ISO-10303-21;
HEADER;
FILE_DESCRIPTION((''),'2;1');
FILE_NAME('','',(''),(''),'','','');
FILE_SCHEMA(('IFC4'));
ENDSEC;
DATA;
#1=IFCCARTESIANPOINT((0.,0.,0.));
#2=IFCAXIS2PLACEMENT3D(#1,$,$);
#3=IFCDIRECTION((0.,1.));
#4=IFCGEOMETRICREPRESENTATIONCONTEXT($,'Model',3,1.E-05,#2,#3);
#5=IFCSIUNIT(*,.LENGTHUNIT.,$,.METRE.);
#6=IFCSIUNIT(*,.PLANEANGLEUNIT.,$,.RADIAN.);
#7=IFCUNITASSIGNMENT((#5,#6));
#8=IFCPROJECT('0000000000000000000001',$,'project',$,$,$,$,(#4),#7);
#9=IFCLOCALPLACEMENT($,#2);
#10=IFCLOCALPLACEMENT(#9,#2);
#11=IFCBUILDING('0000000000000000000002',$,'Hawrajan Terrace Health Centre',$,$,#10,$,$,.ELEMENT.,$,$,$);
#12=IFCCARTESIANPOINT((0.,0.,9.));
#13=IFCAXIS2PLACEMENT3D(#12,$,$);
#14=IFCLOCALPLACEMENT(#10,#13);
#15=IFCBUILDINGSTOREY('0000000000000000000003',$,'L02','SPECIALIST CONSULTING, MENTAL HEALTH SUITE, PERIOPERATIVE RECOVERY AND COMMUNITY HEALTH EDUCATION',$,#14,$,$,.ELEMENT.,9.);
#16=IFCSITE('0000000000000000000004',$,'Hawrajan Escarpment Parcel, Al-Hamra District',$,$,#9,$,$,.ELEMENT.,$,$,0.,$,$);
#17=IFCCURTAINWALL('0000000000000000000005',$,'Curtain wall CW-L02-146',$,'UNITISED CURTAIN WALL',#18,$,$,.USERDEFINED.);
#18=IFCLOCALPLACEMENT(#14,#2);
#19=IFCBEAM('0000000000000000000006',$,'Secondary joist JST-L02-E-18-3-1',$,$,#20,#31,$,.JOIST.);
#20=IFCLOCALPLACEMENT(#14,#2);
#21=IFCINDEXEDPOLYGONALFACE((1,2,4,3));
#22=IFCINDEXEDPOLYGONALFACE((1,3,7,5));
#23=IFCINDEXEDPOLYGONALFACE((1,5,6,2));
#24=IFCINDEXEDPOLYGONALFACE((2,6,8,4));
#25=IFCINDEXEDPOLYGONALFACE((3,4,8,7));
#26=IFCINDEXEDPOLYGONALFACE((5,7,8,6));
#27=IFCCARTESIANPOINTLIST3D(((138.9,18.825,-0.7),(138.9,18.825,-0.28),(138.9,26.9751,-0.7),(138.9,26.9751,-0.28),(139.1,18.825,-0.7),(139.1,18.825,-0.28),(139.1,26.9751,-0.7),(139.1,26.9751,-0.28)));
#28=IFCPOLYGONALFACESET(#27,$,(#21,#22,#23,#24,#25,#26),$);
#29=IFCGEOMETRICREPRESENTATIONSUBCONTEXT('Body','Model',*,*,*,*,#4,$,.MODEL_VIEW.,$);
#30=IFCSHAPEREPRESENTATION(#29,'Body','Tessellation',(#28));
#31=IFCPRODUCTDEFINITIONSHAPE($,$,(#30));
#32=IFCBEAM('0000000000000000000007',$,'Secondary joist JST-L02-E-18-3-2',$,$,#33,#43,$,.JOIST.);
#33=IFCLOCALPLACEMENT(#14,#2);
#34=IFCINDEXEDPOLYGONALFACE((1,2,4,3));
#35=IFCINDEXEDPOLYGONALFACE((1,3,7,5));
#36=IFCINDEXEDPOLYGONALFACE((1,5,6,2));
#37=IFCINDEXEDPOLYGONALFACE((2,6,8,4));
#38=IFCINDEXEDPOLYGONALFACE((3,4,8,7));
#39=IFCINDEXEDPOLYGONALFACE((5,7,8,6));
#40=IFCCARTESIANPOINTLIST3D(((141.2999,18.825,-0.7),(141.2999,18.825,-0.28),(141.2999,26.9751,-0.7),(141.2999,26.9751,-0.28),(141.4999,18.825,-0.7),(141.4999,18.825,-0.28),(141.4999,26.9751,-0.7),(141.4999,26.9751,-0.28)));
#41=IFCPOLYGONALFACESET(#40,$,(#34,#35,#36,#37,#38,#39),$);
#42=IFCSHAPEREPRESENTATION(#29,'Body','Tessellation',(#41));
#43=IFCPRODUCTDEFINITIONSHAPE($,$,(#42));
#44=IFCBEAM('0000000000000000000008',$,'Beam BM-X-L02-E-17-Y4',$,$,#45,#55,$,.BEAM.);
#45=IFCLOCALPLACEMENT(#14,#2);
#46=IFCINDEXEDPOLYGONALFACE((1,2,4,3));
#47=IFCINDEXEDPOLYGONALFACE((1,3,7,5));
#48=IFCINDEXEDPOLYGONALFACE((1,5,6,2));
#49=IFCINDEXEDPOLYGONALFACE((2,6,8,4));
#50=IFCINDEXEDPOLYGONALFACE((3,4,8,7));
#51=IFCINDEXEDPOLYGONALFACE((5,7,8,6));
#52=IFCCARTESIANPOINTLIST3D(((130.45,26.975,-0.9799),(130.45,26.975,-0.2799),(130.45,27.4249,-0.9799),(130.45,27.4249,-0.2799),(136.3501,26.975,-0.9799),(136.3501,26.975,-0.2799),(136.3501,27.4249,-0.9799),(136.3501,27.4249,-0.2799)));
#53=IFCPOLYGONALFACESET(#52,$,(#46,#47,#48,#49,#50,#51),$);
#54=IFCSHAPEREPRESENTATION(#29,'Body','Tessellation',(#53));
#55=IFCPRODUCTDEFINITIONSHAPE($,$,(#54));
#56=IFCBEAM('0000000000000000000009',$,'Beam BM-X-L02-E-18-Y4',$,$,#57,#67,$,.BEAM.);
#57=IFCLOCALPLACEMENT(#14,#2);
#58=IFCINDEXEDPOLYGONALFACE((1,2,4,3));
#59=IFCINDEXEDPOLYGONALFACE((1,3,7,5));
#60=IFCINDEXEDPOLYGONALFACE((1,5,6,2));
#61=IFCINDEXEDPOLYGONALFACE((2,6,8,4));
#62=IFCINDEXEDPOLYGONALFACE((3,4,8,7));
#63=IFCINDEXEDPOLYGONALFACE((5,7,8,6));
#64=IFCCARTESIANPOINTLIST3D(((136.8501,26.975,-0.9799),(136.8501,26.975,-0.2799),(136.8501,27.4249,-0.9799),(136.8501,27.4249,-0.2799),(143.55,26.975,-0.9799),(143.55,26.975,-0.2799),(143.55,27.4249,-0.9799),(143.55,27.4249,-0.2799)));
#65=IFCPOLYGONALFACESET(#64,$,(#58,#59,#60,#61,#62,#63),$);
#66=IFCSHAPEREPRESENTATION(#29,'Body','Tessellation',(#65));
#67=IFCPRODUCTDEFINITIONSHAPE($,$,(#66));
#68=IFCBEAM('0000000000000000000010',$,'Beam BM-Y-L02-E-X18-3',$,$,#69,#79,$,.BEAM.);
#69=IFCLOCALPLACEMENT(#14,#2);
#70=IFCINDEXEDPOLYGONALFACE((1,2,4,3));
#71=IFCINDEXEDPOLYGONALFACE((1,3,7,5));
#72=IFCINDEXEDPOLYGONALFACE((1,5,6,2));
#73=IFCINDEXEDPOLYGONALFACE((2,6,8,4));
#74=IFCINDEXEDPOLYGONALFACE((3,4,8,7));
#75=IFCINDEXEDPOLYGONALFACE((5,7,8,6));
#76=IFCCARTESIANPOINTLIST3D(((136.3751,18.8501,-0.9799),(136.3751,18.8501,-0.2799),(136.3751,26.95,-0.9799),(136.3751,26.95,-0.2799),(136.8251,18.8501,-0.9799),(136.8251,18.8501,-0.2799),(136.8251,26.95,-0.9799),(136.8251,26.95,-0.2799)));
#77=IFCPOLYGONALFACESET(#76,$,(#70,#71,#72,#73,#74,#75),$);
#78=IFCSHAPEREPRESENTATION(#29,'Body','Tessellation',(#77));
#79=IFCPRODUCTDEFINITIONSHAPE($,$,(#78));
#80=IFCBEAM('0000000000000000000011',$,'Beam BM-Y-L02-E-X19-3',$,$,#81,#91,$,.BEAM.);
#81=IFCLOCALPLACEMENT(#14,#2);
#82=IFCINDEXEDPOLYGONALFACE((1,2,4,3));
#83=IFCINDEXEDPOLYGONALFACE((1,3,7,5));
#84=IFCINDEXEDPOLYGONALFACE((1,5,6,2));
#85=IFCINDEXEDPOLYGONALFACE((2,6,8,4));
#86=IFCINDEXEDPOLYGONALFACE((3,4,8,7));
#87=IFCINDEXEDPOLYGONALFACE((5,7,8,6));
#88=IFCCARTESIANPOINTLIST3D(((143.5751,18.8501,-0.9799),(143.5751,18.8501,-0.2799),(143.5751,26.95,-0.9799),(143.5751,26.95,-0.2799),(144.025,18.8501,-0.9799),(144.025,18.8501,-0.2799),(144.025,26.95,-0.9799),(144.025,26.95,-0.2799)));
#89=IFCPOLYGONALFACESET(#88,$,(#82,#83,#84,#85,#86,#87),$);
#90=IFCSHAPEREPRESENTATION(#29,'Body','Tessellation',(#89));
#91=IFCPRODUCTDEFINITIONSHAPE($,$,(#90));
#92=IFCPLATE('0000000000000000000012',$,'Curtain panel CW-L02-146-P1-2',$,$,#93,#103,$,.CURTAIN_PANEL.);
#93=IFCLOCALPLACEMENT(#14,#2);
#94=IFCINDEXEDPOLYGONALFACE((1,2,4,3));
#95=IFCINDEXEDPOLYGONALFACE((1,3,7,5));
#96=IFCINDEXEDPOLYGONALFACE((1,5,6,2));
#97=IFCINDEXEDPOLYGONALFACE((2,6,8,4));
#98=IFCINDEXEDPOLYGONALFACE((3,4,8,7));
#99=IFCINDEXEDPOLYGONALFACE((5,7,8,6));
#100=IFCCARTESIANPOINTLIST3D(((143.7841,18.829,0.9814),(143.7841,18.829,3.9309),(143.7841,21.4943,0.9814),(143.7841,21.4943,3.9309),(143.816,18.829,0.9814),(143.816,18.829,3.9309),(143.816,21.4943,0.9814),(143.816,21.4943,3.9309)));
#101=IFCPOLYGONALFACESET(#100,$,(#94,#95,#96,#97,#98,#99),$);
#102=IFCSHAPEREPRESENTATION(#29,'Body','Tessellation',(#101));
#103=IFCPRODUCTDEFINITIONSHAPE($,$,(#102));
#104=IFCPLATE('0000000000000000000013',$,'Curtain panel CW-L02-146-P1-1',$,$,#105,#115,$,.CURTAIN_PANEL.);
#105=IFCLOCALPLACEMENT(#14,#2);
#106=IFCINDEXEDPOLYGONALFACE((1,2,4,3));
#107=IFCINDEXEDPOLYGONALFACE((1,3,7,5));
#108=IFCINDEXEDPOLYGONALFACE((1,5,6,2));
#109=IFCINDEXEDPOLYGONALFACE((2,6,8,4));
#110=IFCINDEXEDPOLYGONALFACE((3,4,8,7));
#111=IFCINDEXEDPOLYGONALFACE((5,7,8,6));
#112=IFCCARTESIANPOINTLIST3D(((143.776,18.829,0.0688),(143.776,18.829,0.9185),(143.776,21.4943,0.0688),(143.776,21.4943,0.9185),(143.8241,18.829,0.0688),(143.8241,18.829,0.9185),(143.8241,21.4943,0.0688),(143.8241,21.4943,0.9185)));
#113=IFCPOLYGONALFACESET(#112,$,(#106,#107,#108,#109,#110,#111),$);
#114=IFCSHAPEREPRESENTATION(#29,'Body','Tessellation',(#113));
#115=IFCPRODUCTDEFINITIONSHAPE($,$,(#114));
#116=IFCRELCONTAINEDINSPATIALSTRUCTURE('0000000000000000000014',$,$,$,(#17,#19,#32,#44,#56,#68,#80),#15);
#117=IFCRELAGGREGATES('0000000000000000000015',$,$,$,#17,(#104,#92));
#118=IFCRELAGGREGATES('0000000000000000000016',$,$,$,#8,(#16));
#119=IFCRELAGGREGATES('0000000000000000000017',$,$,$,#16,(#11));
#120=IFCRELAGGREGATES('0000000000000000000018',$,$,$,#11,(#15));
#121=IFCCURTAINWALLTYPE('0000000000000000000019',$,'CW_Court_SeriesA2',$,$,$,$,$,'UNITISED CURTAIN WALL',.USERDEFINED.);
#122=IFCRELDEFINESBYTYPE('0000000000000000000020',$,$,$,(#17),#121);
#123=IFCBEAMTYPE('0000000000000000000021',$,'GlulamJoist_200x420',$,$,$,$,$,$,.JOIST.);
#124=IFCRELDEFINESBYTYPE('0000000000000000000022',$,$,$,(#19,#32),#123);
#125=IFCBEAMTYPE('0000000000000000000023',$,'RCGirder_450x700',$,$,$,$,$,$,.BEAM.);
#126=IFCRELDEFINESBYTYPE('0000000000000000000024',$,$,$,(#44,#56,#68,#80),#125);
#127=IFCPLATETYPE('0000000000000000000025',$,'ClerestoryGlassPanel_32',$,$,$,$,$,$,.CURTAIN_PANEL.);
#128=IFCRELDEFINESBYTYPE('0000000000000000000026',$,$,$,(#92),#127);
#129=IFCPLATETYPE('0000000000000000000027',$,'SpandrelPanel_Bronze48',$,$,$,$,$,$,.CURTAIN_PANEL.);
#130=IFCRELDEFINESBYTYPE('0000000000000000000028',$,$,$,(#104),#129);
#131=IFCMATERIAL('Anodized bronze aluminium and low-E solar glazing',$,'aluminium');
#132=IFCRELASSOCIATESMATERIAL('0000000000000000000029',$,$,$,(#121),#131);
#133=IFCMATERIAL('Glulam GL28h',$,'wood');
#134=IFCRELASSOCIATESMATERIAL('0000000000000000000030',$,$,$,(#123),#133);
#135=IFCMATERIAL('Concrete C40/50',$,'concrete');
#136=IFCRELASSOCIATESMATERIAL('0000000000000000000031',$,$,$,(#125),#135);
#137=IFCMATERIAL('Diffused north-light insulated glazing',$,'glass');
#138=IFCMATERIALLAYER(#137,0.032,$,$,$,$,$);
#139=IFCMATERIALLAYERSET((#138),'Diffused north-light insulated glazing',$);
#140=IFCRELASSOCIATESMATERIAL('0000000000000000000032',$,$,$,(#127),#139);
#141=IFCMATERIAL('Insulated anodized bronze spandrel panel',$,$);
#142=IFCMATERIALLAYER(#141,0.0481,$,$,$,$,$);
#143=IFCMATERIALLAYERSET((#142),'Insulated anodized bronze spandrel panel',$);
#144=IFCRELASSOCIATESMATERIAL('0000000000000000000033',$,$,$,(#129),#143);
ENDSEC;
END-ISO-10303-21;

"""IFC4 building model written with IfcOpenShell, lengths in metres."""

from ifc_helpers import new_model, si_unit, direction, frame, origin, origin_2d, place, context, subcontext, project, spatial, rectangle, extrude, material, layer, layer_set, material_profile, profile_set, type_object, element, aggregate, save


model = new_model("IFC4")

# Units and contexts
model_context = context("Model", 3, precision=1e-05, world=origin(), true_north=direction((0.0, 1.0)))
body_context = subcontext(model_context, "Body", "Model", "MODEL_VIEW")
ifc_project = project(units=[si_unit("LENGTHUNIT", "METRE"), si_unit("PLANEANGLEUNIT", "RADIAN")], contexts=[model_context])

# Site, building, storey
site_placement = place(None, origin())
site = spatial("IfcSite", under=ifc_project, at=site_placement, Name="Hawrajan Escarpment Parcel, Al-Hamra District", CompositionType="ELEMENT", RefElevation=0.0)
building_placement = place(site_placement, origin())
building = spatial("IfcBuilding", under=site, at=building_placement, Name="Hawrajan Terrace Health Centre", CompositionType="ELEMENT")
storey_placement = place(building_placement, frame((0.0, 0.0, 9.0)))
storey = spatial("IfcBuildingStorey", under=building, at=storey_placement, Name="L02", Description="SPECIALIST CONSULTING, MENTAL HEALTH SUITE, PERIOPERATIVE RECOVERY AND COMMUNITY HEALTH EDUCATION", CompositionType="ELEMENT", Elevation=9.0)

# Curtain wall
ifc_material_1 = material(Name="Anodized bronze aluminium and low-E solar glazing", Category="aluminium")
curtain_wall_type = type_object("IfcCurtainWallType", Name="CW_Court_SeriesA2", ElementType="UNITISED CURTAIN WALL", PredefinedType="USERDEFINED", material=ifc_material_1)
curtain_wall_placement = place(storey_placement, origin())
curtain_wall = element("IfcCurtainWall", 1, at=curtain_wall_placement, inside=storey, type_object=curtain_wall_type, Name="Curtain wall CW-L02-146", ObjectType="UNITISED CURTAIN WALL", PredefinedType="USERDEFINED")

# Beams
ifc_material_2 = material(Name="Glulam GL28h", Category="wood")
ifc_material_profile_1 = material_profile(ifc_material_2, rectangle(XDim=0.2, YDim=0.4199, at=origin_2d()), Name="GL JST 200x420")
ifc_profile_set_1 = profile_set([ifc_material_profile_1], Name="Glulam GL28h")
beam_type_1 = type_object("IfcBeamType", Name="GlulamJoist_200x420", PredefinedType="JOIST", material=ifc_profile_set_1)
for number, where, z_axis, x_axis, name in (
    (2, (139.0, 18.825, -0.49), (0.0, 1.0, 0.0), (-1.0, 0.0, 0.0), "Secondary joist JST-L02-E-18-3-1"),
    (3, (141.3999, 18.825, -0.49), (0.0, 1.0, 0.0), (-1.0, 0.0, 0.0), "Secondary joist JST-L02-E-18-3-2"),
):
    element("IfcBeam", number, at=place(storey_placement, frame(where, z_axis=z_axis, x_axis=x_axis)), inside=storey, type_object=beam_type_1, Name=name, PredefinedType="JOIST", context=body_context, shape_type="SweptSolid", body=[
        extrude(rectangle(XDim=0.2, YDim=0.4199, at=origin_2d()), origin(), (0.0, 0.0, 1.0), 8.1501),
    ])
ifc_material_3 = material(Name="Concrete C40/50", Category="concrete")
ifc_material_profile_2 = material_profile(ifc_material_3, rectangle(XDim=0.45, YDim=0.7, at=origin_2d()), Name="RC BM 450x700")
ifc_profile_set_2 = profile_set([ifc_material_profile_2], Name="Concrete C40/50")
beam_type_2 = type_object("IfcBeamType", Name="RCGirder_450x700", PredefinedType="BEAM", material=ifc_profile_set_2)
beam_1_placement = place(storey_placement, frame((130.45, 27.2, -0.6299), z_axis=(1.0, 0.0, 0.0), x_axis=(0.0, 1.0, 0.0)))
element("IfcBeam", 4, at=beam_1_placement, inside=storey, type_object=beam_type_2, Name="Beam BM-X-L02-E-17-Y4", PredefinedType="BEAM", context=body_context, shape_type="SweptSolid", body=[
    extrude(rectangle(XDim=0.45, YDim=0.7, at=origin_2d()), origin(), (0.0, 0.0, 1.0), 5.9001),
])
beam_2_placement = place(storey_placement, frame((136.8501, 27.2, -0.6299), z_axis=(1.0, 0.0, 0.0), x_axis=(0.0, 1.0, 0.0)))
element("IfcBeam", 5, at=beam_2_placement, inside=storey, type_object=beam_type_2, Name="Beam BM-X-L02-E-18-Y4", PredefinedType="BEAM", context=body_context, shape_type="SweptSolid", body=[
    extrude(rectangle(XDim=0.45, YDim=0.7, at=origin_2d()), origin(), (0.0, 0.0, 1.0), 6.7),
])
for number, where, z_axis, x_axis, name in (
    (6, (136.6001, 18.8501, -0.6299), (0.0, 1.0, 0.0), (-1.0, 0.0, 0.0), "Beam BM-Y-L02-E-X18-3"),
    (7, (143.8, 18.8501, -0.6299), (0.0, 1.0, 0.0), (-1.0, 0.0, 0.0), "Beam BM-Y-L02-E-X19-3"),
):
    element("IfcBeam", number, at=place(storey_placement, frame(where, z_axis=z_axis, x_axis=x_axis)), inside=storey, type_object=beam_type_2, Name=name, PredefinedType="BEAM", context=body_context, shape_type="SweptSolid", body=[
        extrude(rectangle(XDim=0.45, YDim=0.7, at=origin_2d()), origin(), (0.0, 0.0, 1.0), 8.0999),
    ])

# Plates
ifc_material_4 = material(Name="Diffused north-light insulated glazing", Category="glass")
ifc_layer_1 = layer(ifc_material_4, 0.032)
ifc_layer_set_1 = layer_set([ifc_layer_1], Name="Diffused north-light insulated glazing")
plate_type_1 = type_object("IfcPlateType", Name="ClerestoryGlassPanel_32", PredefinedType="CURTAIN_PANEL", material=ifc_layer_set_1)
plate_1_placement = place(storey_placement, frame((143.8, 20.1616, 0.9814), z_axis=(0.0, 0.0, 1.0), x_axis=(0.0, 1.0, 0.0)))
plate_1 = element("IfcPlate", 8, at=plate_1_placement, type_object=plate_type_1, Name="Curtain panel CW-L02-146-P1-2", PredefinedType="CURTAIN_PANEL", context=body_context, shape_type="SweptSolid", body=[
    extrude(rectangle(XDim=2.6653, YDim=0.032, at=origin_2d()), origin(), (0.0, 0.0, 1.0), 2.9495),
])
ifc_material_5 = material(Name="Insulated anodized bronze spandrel panel")
ifc_layer_2 = layer(ifc_material_5, 0.0481)
ifc_layer_set_2 = layer_set([ifc_layer_2], Name="Insulated anodized bronze spandrel panel")
plate_type_2 = type_object("IfcPlateType", Name="SpandrelPanel_Bronze48", PredefinedType="CURTAIN_PANEL", material=ifc_layer_set_2)
plate_2_placement = place(storey_placement, frame((143.8, 20.1616, 0.0688), z_axis=(0.0, 0.0, 1.0), x_axis=(0.0, 1.0, 0.0)))
plate_2 = element("IfcPlate", 9, at=plate_2_placement, type_object=plate_type_2, Name="Curtain panel CW-L02-146-P1-1", PredefinedType="CURTAIN_PANEL", context=body_context, shape_type="SweptSolid", body=[
    extrude(rectangle(XDim=2.6653, YDim=0.0481, at=origin_2d()), origin(), (0.0, 0.0, 1.0), 0.8496),
])
aggregate(curtain_wall, [plate_2, plate_1])

save(model, "model.ifc")
